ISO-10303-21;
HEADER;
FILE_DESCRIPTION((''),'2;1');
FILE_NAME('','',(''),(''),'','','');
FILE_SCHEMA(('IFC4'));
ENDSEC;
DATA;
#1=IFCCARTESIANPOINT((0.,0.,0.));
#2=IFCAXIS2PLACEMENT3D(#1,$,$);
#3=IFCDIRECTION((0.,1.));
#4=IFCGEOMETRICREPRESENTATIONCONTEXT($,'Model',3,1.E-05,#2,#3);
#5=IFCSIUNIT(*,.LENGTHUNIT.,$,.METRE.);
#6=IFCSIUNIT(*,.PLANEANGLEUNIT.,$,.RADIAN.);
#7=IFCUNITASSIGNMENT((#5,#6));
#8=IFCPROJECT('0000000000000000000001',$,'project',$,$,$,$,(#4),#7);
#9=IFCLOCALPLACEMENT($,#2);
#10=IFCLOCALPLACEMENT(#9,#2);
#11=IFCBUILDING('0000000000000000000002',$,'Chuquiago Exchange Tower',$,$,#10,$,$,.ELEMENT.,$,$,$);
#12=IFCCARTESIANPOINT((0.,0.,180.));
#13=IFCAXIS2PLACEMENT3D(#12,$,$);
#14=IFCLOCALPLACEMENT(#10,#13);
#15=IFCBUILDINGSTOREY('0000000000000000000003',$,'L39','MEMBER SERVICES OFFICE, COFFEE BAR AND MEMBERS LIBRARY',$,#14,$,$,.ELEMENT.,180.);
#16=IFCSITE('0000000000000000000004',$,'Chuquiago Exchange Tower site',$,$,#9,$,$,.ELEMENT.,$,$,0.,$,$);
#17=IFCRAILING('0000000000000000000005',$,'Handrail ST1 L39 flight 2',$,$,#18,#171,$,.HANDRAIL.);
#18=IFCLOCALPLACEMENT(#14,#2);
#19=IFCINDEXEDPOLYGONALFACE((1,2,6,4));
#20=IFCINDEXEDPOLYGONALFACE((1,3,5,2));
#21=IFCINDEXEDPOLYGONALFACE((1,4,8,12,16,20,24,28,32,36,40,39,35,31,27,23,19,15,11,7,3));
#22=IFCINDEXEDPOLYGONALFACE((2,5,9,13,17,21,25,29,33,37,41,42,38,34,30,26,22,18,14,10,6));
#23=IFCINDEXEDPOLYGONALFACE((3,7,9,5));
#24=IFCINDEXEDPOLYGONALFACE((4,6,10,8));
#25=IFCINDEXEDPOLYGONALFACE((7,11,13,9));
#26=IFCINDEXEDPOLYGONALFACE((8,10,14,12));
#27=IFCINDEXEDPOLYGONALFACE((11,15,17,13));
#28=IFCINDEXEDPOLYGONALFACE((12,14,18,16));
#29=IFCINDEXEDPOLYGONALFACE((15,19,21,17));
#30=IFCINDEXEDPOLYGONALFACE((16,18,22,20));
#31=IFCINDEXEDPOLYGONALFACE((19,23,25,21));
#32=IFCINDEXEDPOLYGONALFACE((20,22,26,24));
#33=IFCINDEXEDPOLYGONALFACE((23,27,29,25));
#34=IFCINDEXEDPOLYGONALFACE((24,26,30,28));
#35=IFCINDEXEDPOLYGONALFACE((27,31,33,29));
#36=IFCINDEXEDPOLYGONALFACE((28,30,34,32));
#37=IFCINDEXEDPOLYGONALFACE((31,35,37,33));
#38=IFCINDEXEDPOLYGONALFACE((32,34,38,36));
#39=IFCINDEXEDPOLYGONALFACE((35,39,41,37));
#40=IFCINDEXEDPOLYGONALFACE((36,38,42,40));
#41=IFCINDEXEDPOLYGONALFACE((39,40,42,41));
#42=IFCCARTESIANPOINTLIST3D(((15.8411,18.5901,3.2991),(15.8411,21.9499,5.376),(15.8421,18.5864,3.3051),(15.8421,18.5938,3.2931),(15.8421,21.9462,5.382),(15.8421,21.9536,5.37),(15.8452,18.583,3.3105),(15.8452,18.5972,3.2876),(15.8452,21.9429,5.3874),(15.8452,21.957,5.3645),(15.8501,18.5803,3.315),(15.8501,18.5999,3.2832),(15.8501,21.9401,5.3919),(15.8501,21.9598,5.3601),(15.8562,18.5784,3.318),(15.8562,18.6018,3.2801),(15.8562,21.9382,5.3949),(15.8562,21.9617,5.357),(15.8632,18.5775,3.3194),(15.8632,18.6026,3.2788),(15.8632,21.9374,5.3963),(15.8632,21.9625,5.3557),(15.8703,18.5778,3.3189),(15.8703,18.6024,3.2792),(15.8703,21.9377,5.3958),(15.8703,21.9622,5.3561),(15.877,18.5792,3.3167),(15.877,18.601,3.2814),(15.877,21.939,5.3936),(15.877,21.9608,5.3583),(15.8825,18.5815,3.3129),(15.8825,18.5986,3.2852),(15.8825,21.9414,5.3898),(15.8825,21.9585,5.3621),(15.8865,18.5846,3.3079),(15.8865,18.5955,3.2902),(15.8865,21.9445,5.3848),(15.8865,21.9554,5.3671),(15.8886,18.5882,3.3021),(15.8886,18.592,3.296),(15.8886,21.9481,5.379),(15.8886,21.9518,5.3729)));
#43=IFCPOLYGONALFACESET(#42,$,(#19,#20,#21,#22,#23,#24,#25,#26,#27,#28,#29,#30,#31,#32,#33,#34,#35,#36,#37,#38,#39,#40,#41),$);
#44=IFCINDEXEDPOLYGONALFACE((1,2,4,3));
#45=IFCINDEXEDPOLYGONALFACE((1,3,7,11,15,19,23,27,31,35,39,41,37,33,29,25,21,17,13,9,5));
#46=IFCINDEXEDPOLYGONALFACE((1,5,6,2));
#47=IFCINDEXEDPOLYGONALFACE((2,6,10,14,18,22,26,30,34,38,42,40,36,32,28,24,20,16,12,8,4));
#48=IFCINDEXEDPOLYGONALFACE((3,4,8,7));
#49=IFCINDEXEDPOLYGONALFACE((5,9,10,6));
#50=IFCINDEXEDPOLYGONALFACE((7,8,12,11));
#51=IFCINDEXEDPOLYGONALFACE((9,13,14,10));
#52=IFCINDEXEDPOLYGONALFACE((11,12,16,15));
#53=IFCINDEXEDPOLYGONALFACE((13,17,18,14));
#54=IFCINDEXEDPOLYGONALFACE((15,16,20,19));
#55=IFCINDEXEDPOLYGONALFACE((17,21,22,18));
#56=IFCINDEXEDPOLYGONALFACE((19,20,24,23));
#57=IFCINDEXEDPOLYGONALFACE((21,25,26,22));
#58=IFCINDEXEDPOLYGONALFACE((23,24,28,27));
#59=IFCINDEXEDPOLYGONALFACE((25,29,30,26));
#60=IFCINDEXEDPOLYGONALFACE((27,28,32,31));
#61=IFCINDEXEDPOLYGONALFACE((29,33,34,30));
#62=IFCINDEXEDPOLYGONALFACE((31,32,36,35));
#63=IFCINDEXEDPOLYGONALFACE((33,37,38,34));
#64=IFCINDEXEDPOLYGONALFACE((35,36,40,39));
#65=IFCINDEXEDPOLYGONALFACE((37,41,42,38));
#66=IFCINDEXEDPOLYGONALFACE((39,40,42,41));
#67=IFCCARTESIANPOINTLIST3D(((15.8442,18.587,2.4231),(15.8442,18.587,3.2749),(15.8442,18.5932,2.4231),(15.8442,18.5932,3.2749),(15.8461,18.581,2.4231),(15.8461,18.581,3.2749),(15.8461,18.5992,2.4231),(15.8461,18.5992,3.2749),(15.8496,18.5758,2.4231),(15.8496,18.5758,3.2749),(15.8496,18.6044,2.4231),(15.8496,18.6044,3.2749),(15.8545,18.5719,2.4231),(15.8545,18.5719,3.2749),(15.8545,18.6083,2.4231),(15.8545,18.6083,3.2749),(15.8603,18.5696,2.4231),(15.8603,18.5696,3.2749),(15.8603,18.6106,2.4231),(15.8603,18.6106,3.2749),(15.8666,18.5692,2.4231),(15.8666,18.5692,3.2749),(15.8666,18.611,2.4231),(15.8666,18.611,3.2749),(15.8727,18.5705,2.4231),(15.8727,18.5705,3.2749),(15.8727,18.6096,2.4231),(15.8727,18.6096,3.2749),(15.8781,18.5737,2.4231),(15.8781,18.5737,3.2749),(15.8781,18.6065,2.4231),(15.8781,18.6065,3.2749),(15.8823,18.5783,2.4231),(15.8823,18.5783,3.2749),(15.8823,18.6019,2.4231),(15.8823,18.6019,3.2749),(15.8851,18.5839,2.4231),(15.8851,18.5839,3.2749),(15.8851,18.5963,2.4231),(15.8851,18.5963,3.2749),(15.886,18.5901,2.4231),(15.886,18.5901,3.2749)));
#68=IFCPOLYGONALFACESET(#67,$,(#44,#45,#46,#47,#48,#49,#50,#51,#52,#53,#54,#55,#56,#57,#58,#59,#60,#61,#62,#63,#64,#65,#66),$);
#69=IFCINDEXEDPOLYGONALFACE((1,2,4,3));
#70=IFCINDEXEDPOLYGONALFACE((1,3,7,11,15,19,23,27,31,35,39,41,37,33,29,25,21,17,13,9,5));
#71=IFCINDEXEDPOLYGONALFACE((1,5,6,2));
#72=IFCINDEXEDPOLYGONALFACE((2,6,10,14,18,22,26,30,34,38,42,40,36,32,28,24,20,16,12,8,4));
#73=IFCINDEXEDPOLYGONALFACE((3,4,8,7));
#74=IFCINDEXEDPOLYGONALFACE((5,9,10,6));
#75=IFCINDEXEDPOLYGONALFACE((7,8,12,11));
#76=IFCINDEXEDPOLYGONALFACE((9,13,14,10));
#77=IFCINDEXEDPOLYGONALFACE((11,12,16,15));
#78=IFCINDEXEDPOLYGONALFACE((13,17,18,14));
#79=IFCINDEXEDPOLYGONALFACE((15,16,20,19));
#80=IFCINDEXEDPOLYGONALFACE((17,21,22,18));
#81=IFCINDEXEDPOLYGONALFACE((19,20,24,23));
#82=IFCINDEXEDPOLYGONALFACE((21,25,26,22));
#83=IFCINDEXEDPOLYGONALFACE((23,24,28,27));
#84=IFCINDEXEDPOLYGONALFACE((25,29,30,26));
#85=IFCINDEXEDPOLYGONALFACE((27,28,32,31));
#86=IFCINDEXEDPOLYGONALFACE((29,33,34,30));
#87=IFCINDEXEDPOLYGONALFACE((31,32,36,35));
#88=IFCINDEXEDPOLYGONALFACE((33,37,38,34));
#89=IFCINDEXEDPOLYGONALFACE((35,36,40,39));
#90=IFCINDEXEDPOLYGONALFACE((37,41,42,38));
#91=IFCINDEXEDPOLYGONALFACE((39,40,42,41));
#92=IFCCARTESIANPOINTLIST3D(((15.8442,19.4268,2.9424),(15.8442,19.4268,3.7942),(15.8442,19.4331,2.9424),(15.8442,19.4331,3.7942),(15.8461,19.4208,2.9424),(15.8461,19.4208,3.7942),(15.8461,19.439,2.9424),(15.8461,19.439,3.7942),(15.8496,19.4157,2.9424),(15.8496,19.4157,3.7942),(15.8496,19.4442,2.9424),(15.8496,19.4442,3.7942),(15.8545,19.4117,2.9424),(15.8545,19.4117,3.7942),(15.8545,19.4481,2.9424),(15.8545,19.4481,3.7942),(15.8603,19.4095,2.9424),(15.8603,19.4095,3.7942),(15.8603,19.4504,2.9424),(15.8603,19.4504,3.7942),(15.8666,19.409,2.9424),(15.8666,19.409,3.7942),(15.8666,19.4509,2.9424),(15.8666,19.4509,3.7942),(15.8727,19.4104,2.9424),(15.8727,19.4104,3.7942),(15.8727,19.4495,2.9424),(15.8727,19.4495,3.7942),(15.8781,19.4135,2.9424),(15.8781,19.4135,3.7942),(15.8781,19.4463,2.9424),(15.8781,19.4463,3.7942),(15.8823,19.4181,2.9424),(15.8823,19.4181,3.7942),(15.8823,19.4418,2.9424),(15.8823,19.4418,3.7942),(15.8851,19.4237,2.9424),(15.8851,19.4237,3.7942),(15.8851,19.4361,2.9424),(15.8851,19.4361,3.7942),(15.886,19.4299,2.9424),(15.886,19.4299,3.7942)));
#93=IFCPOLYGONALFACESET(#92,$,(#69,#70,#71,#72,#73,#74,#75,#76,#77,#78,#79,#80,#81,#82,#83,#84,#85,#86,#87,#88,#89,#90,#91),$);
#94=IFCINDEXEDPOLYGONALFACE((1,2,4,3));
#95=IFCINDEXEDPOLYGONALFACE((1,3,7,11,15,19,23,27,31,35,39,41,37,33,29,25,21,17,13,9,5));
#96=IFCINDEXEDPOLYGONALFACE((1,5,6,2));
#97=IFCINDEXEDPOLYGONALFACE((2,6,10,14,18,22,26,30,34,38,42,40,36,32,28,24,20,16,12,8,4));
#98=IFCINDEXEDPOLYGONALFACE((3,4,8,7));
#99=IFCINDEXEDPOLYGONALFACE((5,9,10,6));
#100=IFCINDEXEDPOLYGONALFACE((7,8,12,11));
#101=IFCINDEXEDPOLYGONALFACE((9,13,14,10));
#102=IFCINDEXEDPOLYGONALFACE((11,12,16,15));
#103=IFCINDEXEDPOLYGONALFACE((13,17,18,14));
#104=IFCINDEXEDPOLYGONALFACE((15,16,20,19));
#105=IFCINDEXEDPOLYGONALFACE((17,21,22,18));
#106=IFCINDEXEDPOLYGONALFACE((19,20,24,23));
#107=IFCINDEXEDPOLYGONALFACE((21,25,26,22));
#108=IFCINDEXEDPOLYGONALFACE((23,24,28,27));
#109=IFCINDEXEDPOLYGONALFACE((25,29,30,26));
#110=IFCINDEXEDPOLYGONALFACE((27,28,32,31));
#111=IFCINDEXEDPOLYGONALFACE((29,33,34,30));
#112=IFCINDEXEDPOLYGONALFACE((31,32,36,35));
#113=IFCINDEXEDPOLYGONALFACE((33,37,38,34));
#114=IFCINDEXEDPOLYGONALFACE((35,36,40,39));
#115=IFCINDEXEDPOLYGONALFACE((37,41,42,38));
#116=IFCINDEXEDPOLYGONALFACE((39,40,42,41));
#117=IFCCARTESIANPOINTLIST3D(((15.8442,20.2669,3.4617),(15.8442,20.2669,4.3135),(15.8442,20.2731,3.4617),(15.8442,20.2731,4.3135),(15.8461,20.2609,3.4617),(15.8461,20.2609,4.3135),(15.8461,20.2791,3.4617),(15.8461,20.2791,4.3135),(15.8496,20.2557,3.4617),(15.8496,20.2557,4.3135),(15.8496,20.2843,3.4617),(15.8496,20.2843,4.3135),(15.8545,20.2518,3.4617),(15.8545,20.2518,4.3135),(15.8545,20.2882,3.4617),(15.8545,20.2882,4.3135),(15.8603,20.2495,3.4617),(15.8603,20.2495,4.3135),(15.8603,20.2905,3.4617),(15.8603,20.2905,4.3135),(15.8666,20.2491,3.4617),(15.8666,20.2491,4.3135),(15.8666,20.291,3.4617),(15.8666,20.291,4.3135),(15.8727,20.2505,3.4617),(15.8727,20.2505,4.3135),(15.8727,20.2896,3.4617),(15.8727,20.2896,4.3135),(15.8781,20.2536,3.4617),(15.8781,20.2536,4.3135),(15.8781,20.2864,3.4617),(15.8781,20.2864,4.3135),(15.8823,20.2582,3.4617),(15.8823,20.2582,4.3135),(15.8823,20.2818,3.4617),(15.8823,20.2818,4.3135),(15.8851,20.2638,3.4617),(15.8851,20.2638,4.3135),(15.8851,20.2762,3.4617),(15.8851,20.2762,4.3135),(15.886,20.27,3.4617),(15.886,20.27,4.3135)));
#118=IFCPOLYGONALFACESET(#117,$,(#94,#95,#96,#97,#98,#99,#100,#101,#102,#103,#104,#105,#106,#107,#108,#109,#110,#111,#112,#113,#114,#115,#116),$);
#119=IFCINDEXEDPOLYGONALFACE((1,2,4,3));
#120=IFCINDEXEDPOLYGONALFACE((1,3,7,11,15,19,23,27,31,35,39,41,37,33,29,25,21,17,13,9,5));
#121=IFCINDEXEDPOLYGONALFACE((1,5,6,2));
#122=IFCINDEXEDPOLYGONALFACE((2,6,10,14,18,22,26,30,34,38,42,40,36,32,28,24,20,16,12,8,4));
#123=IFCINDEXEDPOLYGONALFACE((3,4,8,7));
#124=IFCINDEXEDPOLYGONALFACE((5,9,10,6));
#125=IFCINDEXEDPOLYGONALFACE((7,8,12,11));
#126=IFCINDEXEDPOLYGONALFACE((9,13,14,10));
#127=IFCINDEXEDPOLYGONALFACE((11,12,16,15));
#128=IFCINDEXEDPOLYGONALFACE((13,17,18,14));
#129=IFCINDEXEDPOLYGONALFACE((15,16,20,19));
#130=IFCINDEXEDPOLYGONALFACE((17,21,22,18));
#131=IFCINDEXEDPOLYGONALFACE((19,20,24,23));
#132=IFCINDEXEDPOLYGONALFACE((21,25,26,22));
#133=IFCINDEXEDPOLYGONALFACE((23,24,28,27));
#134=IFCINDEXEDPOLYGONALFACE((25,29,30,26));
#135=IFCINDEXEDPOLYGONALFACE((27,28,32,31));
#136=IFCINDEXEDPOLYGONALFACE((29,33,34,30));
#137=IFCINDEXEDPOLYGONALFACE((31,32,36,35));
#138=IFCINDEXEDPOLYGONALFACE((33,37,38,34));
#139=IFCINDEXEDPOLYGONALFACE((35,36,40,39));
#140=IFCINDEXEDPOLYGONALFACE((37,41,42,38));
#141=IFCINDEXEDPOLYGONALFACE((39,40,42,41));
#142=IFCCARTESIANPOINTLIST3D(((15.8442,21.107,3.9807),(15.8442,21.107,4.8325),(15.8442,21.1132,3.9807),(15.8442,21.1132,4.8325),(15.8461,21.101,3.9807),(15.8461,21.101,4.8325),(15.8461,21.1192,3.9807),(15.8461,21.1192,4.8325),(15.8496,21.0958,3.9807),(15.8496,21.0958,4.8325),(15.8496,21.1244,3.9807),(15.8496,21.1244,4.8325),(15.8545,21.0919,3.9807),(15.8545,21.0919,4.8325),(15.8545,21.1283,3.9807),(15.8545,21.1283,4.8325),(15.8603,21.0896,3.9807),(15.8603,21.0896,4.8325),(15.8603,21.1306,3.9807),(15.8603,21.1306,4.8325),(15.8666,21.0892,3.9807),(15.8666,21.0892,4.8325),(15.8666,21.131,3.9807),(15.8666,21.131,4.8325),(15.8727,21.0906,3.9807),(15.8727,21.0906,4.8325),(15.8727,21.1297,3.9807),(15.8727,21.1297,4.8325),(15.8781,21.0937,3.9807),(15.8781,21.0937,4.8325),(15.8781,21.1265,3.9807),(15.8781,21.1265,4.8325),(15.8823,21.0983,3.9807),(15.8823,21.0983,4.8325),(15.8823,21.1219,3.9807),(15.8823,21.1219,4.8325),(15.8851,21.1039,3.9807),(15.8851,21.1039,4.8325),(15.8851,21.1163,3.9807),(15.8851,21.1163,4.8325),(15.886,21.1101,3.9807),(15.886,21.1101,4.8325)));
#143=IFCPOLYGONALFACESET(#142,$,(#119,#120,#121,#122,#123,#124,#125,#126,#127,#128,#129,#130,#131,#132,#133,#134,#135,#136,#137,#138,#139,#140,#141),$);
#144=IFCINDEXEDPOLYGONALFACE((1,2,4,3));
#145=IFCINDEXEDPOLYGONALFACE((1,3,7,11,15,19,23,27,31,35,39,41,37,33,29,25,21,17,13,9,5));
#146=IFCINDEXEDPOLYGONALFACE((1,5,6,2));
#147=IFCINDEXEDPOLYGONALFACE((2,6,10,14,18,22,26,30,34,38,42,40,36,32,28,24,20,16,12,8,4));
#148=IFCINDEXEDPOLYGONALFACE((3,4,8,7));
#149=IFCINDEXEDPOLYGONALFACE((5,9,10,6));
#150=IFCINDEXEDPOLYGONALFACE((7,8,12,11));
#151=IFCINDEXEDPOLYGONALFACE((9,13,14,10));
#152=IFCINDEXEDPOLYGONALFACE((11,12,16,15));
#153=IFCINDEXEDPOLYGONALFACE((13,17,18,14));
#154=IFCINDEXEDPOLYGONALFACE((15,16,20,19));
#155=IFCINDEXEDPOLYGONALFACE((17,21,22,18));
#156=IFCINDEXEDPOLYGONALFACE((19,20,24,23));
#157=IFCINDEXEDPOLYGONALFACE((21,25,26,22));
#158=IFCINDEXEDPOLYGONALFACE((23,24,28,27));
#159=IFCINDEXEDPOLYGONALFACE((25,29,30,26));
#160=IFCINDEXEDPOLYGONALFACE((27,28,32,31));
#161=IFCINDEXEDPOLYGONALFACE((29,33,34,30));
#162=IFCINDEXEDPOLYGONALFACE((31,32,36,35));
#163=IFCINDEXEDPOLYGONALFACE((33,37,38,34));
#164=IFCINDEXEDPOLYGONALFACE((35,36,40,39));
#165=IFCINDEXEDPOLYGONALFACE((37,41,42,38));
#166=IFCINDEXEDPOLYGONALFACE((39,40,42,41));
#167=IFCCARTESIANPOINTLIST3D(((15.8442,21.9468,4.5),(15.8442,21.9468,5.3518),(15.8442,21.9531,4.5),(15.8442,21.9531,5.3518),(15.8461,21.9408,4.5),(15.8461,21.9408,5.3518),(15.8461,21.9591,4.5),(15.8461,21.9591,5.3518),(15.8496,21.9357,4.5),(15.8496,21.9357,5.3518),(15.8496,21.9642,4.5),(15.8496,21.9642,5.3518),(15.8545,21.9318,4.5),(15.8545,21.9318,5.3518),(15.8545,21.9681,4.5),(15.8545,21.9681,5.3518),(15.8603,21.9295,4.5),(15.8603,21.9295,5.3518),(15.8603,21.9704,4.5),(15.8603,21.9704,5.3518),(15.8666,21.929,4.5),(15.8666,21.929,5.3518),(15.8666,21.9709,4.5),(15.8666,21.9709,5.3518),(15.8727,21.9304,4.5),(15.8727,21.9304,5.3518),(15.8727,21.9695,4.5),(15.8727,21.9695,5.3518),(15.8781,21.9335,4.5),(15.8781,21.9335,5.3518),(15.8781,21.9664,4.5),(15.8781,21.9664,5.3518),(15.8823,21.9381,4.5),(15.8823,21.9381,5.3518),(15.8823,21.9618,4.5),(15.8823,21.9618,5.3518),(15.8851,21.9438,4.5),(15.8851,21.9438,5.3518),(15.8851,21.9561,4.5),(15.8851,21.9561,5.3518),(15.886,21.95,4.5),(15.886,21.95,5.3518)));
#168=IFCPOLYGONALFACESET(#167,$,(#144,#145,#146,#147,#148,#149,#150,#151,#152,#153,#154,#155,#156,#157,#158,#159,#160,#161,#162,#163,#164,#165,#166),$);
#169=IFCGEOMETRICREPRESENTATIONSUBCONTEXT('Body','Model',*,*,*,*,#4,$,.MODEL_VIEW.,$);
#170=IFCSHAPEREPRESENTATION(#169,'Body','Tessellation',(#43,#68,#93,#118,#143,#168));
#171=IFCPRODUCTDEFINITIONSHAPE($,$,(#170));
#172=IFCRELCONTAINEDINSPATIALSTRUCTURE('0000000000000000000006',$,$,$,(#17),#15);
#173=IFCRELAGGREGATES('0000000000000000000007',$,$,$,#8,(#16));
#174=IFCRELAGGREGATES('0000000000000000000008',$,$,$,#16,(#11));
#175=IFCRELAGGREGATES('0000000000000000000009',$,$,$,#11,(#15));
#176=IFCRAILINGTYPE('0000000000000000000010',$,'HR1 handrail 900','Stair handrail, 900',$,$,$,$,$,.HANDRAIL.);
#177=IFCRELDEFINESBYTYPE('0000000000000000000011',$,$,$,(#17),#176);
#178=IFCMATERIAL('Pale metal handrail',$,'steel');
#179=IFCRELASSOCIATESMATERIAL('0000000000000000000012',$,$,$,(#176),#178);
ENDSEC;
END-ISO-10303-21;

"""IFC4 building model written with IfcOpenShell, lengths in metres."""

from ifc_helpers import new_model, si_unit, direction, frame, origin, origin_2d, place, context, subcontext, project, spatial, circle, extrude, material, type_object, element, save


model = new_model("IFC4")

# Units and contexts
model_context = context("Model", 3, precision=1e-05, world=origin(), true_north=direction((0.0, 1.0)))
body_context = subcontext(model_context, "Body", "Model", "MODEL_VIEW")
ifc_project = project(units=[si_unit("LENGTHUNIT", "METRE"), si_unit("PLANEANGLEUNIT", "RADIAN")], contexts=[model_context])

# Site, building, storey
site_placement = place(None, origin())
site = spatial("IfcSite", under=ifc_project, at=site_placement, Name="Chuquiago Exchange Tower site", CompositionType="ELEMENT", RefElevation=0.0)
building_placement = place(site_placement, origin())
building = spatial("IfcBuilding", under=site, at=building_placement, Name="Chuquiago Exchange Tower", CompositionType="ELEMENT")
storey_placement = place(building_placement, frame((0.0, 0.0, 180.0)))
storey = spatial("IfcBuildingStorey", under=building, at=storey_placement, Name="L39", Description="MEMBER SERVICES OFFICE, COFFEE BAR AND MEMBERS LIBRARY", CompositionType="ELEMENT", Elevation=180.0)

# Railing
ifc_material_1 = material(Name="Pale metal handrail", Category="steel")
railing_type_1 = type_object("IfcRailingType", Name="HR1 handrail 900", Description="Stair handrail, 900", PredefinedType="HANDRAIL", material=ifc_material_1)
for number, where, name in (
    (1, (15.865, 18.5901, 2.4231), "Handrail ST1 L39 flight 2"),
):
    element("IfcRailing", number, at=place(storey_placement, frame(where)), inside=storey, type_object=railing_type_1, Name=name, PredefinedType="HANDRAIL", context=body_context, shape_type="SweptSolid", body=[
        extrude(circle(Radius=0.0239, at=origin_2d()), frame((0.0, 0.0, 0.876), z_axis=(0.0, 0.850606, 0.525803), x_axis=(-1.0, 0.0, 0.0)), (0.0, 0.0, 1.0), 3.95),
        extrude(circle(Radius=0.021, at=origin_2d()), origin(), (0.0, 0.0, 1.0), 0.8518),
        extrude(circle(Radius=0.021, at=origin_2d()), frame((0.0, 0.8398, 0.5193)), (0.0, 0.0, 1.0), 0.8518),
        extrude(circle(Radius=0.021, at=origin_2d()), frame((0.0, 1.6799, 1.0386)), (0.0, 0.0, 1.0), 0.8518),
        extrude(circle(Radius=0.021, at=origin_2d()), frame((0.0, 2.52, 1.5576)), (0.0, 0.0, 1.0), 0.8518),
        extrude(circle(Radius=0.021, at=origin_2d()), frame((0.0, 3.3599, 2.0769)), (0.0, 0.0, 1.0), 0.8518),
    ])

save(model, "model.ifc")
